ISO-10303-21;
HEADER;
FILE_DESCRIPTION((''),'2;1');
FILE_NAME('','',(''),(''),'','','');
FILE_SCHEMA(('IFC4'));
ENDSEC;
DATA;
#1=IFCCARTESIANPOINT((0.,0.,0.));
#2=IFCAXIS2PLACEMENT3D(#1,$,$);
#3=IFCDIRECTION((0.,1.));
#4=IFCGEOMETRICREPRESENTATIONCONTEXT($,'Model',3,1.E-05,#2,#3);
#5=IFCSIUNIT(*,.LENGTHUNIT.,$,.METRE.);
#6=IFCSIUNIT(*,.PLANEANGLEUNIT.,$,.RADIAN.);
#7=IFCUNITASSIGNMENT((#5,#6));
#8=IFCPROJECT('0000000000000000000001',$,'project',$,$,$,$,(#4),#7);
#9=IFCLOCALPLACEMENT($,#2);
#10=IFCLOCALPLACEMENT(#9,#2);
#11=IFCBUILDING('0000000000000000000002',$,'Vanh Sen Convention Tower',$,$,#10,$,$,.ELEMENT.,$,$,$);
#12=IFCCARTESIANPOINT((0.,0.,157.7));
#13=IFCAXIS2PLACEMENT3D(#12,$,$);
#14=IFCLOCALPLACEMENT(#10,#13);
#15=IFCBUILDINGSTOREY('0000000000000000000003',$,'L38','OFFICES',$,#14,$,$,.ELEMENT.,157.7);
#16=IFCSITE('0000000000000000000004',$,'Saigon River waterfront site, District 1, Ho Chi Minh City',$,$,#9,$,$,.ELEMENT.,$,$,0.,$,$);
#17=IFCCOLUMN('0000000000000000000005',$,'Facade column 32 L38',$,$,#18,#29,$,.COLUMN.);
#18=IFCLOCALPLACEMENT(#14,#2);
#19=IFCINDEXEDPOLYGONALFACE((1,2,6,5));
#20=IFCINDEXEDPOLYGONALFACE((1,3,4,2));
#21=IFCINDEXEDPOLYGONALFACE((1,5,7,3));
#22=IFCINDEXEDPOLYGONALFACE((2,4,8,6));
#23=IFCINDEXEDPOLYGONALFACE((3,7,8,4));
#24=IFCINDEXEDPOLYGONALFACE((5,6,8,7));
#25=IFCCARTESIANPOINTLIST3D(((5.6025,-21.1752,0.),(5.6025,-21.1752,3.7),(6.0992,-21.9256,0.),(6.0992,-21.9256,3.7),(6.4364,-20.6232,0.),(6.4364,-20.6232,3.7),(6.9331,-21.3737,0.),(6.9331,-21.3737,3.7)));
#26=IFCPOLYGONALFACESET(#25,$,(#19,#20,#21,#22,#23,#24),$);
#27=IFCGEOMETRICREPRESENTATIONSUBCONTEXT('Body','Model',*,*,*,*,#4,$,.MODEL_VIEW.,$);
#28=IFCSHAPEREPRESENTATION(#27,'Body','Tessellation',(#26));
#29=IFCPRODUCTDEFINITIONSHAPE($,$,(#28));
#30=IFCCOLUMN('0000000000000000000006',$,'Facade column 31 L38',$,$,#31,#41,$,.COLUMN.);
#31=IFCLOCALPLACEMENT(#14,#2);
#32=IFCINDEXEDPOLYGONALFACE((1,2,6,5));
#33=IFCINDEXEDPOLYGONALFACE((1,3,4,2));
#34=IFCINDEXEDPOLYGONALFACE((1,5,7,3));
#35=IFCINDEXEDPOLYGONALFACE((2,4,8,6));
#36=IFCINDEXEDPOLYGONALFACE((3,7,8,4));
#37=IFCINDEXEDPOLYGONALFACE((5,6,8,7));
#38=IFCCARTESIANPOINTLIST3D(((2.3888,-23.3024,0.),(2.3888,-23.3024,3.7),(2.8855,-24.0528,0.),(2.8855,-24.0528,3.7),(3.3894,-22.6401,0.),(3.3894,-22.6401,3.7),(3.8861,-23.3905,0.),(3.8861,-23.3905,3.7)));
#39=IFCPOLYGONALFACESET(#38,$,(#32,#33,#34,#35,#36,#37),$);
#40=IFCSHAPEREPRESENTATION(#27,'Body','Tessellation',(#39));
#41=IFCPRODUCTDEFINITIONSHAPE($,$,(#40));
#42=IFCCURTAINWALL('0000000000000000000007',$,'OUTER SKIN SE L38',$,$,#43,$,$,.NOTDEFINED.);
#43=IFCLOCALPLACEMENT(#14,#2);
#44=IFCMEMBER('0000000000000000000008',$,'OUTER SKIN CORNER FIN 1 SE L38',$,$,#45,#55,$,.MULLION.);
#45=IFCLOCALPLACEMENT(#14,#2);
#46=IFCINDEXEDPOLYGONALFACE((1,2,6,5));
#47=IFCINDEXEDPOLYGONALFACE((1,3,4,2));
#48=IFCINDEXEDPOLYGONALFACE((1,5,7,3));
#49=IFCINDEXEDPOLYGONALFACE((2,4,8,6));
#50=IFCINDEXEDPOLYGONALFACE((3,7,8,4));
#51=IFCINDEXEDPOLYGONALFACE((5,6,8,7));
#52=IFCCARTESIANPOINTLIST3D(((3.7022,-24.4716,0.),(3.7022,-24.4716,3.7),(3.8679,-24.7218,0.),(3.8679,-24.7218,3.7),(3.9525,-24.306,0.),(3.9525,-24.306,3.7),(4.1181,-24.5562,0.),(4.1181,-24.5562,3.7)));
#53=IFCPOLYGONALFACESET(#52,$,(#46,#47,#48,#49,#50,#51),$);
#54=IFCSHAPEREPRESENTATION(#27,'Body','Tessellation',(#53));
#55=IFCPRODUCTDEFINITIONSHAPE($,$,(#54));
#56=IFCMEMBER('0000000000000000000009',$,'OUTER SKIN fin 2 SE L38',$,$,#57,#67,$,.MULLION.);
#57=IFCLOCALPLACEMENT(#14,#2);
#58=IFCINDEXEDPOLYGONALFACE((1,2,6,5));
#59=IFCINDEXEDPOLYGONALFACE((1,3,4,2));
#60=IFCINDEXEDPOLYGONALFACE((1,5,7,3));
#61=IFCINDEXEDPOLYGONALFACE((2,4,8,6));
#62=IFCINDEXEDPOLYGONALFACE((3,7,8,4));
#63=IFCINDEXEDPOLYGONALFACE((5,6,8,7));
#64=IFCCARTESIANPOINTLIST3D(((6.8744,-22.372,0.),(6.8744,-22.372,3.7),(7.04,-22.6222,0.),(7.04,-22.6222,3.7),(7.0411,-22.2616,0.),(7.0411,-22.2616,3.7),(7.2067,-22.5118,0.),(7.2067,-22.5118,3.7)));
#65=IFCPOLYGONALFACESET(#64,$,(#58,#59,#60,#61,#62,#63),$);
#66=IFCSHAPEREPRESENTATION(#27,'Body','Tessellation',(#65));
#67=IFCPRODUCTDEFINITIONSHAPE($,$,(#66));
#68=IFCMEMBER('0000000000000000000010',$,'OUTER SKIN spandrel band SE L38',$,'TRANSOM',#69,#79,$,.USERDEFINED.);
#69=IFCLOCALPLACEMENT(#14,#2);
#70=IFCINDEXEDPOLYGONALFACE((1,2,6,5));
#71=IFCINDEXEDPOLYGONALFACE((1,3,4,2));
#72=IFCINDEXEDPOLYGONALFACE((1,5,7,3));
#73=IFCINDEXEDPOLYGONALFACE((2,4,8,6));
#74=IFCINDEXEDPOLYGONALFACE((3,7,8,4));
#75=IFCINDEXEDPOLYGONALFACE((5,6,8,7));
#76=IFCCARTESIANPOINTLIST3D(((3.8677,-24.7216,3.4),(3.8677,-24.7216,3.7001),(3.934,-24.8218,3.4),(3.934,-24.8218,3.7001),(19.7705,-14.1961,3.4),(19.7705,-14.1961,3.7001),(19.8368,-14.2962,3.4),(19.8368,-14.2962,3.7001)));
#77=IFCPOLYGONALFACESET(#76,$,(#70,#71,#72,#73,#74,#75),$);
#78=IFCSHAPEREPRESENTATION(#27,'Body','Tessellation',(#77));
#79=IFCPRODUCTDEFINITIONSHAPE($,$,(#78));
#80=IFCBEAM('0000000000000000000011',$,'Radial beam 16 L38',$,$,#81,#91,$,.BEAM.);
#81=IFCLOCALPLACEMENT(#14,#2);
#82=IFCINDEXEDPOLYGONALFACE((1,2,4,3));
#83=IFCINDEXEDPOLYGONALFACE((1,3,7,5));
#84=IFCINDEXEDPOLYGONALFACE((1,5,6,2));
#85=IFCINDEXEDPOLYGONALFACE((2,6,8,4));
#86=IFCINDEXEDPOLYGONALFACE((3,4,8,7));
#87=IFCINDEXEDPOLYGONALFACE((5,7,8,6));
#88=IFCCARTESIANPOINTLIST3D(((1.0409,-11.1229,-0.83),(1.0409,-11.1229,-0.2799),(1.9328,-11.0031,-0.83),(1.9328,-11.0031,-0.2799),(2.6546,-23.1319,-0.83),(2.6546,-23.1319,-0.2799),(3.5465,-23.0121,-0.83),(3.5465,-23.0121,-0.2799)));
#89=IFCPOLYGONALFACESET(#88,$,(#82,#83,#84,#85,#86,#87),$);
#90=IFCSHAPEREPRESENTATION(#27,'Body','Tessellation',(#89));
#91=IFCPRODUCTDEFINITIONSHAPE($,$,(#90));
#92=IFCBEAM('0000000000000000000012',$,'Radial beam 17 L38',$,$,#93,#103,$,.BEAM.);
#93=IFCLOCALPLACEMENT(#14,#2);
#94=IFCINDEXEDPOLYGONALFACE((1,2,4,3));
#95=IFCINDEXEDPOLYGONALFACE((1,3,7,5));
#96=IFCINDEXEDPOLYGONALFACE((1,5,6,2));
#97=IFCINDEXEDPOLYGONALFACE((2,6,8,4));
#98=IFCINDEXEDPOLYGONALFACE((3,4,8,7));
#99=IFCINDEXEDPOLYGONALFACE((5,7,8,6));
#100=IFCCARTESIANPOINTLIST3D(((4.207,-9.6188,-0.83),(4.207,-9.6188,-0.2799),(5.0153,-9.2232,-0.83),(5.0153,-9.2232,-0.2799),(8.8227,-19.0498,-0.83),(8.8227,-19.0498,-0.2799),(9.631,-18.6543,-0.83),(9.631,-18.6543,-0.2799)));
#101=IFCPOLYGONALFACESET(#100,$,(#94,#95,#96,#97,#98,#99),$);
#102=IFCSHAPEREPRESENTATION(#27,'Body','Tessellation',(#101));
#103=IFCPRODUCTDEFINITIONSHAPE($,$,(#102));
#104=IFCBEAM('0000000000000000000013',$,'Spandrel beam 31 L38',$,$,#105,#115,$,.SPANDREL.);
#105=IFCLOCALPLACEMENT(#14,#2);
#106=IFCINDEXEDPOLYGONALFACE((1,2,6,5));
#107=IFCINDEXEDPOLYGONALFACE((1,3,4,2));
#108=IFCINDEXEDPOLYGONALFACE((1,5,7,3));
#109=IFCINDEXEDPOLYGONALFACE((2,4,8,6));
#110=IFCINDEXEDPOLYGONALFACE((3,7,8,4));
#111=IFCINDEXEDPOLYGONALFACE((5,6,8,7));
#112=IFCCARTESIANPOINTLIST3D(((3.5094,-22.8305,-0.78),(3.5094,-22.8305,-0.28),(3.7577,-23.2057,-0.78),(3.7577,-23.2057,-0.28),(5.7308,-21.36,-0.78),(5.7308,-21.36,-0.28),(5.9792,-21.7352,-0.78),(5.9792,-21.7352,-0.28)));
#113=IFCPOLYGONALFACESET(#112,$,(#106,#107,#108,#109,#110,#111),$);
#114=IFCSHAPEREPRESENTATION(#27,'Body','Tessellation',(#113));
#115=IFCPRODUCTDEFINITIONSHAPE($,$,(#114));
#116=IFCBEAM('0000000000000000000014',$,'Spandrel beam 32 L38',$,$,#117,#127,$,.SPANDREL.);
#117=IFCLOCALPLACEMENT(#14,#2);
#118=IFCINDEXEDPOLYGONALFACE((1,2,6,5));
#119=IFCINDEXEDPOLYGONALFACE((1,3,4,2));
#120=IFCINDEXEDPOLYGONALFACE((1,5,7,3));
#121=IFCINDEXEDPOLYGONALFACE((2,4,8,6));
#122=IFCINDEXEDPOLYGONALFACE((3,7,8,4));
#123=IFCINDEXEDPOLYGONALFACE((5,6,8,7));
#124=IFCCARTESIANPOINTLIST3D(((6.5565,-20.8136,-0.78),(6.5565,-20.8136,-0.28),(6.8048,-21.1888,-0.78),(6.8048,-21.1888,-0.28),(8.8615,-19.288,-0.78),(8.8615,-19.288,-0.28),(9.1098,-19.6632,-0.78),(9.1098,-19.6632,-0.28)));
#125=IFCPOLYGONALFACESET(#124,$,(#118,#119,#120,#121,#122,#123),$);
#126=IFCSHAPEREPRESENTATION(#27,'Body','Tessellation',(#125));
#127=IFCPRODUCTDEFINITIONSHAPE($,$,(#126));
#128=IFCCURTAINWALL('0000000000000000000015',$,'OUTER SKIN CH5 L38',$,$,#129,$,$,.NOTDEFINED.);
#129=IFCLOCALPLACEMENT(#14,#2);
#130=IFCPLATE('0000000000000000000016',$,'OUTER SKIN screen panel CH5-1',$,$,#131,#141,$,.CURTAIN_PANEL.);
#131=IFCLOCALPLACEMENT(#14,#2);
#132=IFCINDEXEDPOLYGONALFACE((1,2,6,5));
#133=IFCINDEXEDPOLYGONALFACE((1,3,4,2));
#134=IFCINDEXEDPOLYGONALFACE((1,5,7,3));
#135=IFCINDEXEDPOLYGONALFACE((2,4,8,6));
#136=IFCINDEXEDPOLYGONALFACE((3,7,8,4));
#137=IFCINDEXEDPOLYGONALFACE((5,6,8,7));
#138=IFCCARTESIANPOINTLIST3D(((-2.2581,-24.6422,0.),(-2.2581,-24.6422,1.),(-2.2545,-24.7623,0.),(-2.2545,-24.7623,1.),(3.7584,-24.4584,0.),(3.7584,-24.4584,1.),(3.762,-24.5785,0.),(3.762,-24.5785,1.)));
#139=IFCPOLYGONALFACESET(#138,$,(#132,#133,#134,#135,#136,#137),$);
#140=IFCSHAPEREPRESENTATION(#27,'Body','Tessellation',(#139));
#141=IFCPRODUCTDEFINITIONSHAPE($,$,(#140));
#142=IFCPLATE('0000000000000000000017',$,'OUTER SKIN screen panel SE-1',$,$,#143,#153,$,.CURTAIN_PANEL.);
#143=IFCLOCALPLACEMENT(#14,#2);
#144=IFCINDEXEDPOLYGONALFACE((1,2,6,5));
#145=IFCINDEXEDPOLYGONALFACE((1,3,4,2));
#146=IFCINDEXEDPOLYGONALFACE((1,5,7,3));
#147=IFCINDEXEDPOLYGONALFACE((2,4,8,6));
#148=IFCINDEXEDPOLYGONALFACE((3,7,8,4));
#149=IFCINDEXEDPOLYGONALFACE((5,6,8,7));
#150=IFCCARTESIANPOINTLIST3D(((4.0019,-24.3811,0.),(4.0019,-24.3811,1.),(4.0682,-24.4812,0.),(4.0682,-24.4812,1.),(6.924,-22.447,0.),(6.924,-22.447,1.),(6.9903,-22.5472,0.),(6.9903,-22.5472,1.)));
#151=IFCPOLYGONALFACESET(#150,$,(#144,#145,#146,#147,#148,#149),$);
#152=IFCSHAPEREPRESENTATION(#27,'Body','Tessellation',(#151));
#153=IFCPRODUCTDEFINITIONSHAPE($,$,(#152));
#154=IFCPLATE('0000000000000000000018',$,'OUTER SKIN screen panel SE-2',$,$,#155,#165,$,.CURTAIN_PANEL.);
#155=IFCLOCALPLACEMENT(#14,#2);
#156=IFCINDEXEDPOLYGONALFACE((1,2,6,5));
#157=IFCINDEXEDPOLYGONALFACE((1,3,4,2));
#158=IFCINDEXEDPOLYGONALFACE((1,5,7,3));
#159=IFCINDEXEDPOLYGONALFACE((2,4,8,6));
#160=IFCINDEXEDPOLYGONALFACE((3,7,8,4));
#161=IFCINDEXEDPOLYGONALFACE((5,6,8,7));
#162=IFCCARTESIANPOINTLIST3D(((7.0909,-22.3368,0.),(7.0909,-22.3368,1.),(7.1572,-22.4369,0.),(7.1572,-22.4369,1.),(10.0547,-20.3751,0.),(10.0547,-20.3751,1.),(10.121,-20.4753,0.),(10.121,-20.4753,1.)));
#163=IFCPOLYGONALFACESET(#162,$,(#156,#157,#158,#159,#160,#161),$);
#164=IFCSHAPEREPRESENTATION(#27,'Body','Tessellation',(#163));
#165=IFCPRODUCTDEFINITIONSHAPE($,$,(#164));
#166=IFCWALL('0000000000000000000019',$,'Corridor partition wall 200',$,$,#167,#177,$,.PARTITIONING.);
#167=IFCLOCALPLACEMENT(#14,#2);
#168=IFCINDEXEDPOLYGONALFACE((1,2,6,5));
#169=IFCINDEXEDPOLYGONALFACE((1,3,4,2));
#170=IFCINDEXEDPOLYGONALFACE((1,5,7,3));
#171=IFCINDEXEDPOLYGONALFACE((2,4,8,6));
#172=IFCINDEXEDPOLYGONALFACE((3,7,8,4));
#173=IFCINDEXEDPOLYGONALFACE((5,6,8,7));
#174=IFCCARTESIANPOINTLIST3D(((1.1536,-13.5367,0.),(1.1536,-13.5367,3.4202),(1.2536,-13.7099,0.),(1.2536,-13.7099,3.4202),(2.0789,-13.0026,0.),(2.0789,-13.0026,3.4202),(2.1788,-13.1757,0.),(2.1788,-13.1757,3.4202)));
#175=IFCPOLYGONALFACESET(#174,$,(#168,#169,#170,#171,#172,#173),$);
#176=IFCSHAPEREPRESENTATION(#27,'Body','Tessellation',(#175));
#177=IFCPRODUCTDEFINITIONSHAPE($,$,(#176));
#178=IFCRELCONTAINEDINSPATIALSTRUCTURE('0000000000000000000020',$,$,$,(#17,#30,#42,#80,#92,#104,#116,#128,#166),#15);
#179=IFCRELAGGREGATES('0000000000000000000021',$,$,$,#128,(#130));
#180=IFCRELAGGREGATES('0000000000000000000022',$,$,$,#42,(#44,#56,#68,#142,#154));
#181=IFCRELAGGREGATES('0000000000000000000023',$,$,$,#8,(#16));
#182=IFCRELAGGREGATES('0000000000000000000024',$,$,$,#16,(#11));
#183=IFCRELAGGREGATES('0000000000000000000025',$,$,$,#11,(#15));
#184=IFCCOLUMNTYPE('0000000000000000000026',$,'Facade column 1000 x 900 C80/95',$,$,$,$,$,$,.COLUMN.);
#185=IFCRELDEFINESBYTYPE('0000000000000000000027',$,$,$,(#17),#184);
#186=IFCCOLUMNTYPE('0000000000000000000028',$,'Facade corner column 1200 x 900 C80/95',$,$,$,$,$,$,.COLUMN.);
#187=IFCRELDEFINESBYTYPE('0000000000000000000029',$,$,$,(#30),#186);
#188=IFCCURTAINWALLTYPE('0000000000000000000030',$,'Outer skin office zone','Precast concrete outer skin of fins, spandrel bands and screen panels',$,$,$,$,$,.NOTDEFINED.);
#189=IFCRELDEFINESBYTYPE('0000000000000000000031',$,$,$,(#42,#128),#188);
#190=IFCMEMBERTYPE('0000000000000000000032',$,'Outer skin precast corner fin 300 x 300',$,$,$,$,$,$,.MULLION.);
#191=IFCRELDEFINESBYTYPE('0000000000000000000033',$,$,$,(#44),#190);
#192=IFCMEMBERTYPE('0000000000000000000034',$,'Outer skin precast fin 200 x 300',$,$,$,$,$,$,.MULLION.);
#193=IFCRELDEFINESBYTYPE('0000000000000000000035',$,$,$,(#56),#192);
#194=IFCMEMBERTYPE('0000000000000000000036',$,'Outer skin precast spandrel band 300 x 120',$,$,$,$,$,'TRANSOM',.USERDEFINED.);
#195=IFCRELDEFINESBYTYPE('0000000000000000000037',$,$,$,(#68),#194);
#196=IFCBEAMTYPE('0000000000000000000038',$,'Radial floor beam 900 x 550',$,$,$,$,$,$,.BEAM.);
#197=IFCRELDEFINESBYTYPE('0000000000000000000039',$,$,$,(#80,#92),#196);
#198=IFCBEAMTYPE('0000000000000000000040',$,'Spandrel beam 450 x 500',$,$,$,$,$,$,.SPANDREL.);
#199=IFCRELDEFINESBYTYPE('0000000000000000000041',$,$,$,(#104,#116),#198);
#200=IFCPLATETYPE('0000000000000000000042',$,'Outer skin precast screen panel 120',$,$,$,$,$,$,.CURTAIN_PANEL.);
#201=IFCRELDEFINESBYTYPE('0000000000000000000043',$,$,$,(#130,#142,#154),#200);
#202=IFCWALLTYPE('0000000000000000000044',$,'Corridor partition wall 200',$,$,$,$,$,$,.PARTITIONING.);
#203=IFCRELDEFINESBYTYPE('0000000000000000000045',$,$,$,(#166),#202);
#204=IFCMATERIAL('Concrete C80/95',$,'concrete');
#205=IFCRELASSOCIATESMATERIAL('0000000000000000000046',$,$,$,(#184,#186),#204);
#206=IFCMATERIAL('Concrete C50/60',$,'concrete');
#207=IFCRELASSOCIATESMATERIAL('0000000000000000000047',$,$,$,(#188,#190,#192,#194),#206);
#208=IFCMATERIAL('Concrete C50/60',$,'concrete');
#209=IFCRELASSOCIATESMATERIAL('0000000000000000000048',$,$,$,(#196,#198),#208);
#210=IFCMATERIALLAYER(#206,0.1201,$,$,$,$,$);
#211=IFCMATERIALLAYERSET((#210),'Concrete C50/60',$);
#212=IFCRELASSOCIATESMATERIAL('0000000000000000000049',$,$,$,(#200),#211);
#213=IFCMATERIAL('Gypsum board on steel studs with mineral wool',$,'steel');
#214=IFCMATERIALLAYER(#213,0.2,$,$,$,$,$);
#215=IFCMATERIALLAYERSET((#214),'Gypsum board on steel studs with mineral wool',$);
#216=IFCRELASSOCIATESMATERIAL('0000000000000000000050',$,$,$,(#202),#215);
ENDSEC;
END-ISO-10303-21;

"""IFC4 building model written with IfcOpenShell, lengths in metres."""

from ifc_helpers import new_model, si_unit, direction, frame, frame_2d, origin, origin_2d, place, context, subcontext, project, spatial, rectangle, extrude, material, layer, layer_set, material_profile, profile_set, type_object, element, aggregate, save


model = new_model("IFC4")

# Units and contexts
model_context = context("Model", 3, precision=1e-05, world=origin(), true_north=direction((0.0, 1.0)))
body_context = subcontext(model_context, "Body", "Model", "MODEL_VIEW")
ifc_project = project(units=[si_unit("LENGTHUNIT", "METRE"), si_unit("PLANEANGLEUNIT", "RADIAN")], contexts=[model_context])

# Site, building, storey
site_placement = place(None, origin())
site = spatial("IfcSite", under=ifc_project, at=site_placement, Name="Saigon River waterfront site, District 1, Ho Chi Minh City", CompositionType="ELEMENT", RefElevation=0.0)
building_placement = place(site_placement, origin())
building = spatial("IfcBuilding", under=site, at=building_placement, Name="Vanh Sen Convention Tower", CompositionType="ELEMENT")
storey_placement = place(building_placement, frame((0.0, 0.0, 157.7)))
storey = spatial("IfcBuildingStorey", under=building, at=storey_placement, Name="L38", Description="OFFICES", CompositionType="ELEMENT", Elevation=157.7)

# Columns
ifc_material_1 = material(Name="Concrete C80/95", Category="concrete")
ifc_material_profile_1 = material_profile(ifc_material_1, rectangle(XDim=1.0, YDim=0.8999, at=origin_2d()), Name="RC 1000X900")
ifc_profile_set_1 = profile_set([ifc_material_profile_1], Name="Concrete C80/95")
column_type_1 = type_object("IfcColumnType", Name="Facade column 1000 x 900 C80/95", PredefinedType="COLUMN", material=ifc_profile_set_1)
column_1_placement = place(storey_placement, frame((6.2678, -21.2744, 0.0), z_axis=(0.0, 0.0, 1.0), x_axis=(0.833886, 0.551937, 0.0)))
element("IfcColumn", 1, at=column_1_placement, inside=storey, type_object=column_type_1, Name="Facade column 32 L38", PredefinedType="COLUMN", context=body_context, shape_type="SweptSolid", body=[
    extrude(rectangle(XDim=1.0, YDim=0.8999, at=origin_2d()), origin(), (0.0, 0.0, 1.0), 3.7),
])
ifc_material_profile_2 = material_profile(ifc_material_1, rectangle(XDim=1.2, YDim=0.8999, at=origin_2d()), Name="RC 1200X900")
ifc_profile_set_2 = profile_set([ifc_material_profile_2], Name="Concrete C80/95")
column_type_2 = type_object("IfcColumnType", Name="Facade corner column 1200 x 900 C80/95", PredefinedType="COLUMN", material=ifc_profile_set_2)
column_2_placement = place(storey_placement, frame((3.1375, -23.3464, 0.0), z_axis=(0.0, 0.0, 1.0), x_axis=(0.833886, 0.551937, 0.0)))
element("IfcColumn", 2, at=column_2_placement, inside=storey, type_object=column_type_2, Name="Facade column 31 L38", PredefinedType="COLUMN", context=body_context, shape_type="SweptSolid", body=[
    extrude(rectangle(XDim=1.2, YDim=0.8999, at=origin_2d()), origin(), (0.0, 0.0, 1.0), 3.7),
])

# Curtain wall, members
ifc_material_2 = material(Name="Concrete C50/60", Category="concrete")
curtain_wall_type = type_object("IfcCurtainWallType", Name="Outer skin office zone", Description="Precast concrete outer skin of fins, spandrel bands and screen panels", PredefinedType="NOTDEFINED", material=ifc_material_2)
curtain_wall_1_placement = place(storey_placement, origin())
curtain_wall_1 = element("IfcCurtainWall", 3, at=curtain_wall_1_placement, inside=storey, type_object=curtain_wall_type, Name="OUTER SKIN SE L38", PredefinedType="NOTDEFINED")
ifc_material_profile_3 = material_profile(ifc_material_2, rectangle(XDim=0.3, YDim=0.3, at=origin_2d()), Name="Outer skin precast corner fin 300 x 300")
ifc_profile_set_3 = profile_set([ifc_material_profile_3], Name="Concrete C50/60")
member_type_1 = type_object("IfcMemberType", Name="Outer skin precast corner fin 300 x 300", PredefinedType="MULLION", material=ifc_profile_set_3)
member_1_placement = place(storey_placement, frame((3.9102, -24.5139, 0.0), z_axis=(0.0, 0.0, 1.0), x_axis=(0.833886, 0.551937, 0.0)))
member_1 = element("IfcMember", 4, at=member_1_placement, type_object=member_type_1, Name="OUTER SKIN CORNER FIN 1 SE L38", PredefinedType="MULLION", context=body_context, shape_type="SweptSolid", body=[
    extrude(rectangle(XDim=0.3, YDim=0.3, at=origin_2d()), origin(), (0.0, 0.0, 1.0), 3.7),
])
ifc_material_profile_4 = material_profile(ifc_material_2, rectangle(XDim=0.2, YDim=0.3, at=origin_2d()), Name="Outer skin precast fin 200 x 300")
ifc_profile_set_4 = profile_set([ifc_material_profile_4], Name="Concrete C50/60")
member_type_2 = type_object("IfcMemberType", Name="Outer skin precast fin 200 x 300", PredefinedType="MULLION", material=ifc_profile_set_4)
member_2_placement = place(storey_placement, frame((7.0405, -22.4419, 0.0), z_axis=(0.0, 0.0, 1.0), x_axis=(0.833886, 0.551937, 0.0)))
member_2 = element("IfcMember", 5, at=member_2_placement, type_object=member_type_2, Name="OUTER SKIN fin 2 SE L38", PredefinedType="MULLION", context=body_context, shape_type="SweptSolid", body=[
    extrude(rectangle(XDim=0.2, YDim=0.3, at=origin_2d()), origin(), (0.0, 0.0, 1.0), 3.7),
])
ifc_material_profile_5 = material_profile(ifc_material_2, rectangle(XDim=0.1201, YDim=0.3, at=origin_2d()), Name="Outer skin precast spandrel band 300 x 120")
ifc_profile_set_5 = profile_set([ifc_material_profile_5], Name="Concrete C50/60")
member_type_3 = type_object("IfcMemberType", Name="Outer skin precast spandrel band 300 x 120", ElementType="TRANSOM", PredefinedType="USERDEFINED", material=ifc_profile_set_5)
member_3_placement = place(storey_placement, frame((3.9009, -24.7717, 3.55), z_axis=(0.833891, 0.551929, 0.0), x_axis=(-0.551929, 0.833891, 0.0)))
member_3 = element("IfcMember", 6, at=member_3_placement, type_object=member_type_3, Name="OUTER SKIN spandrel band SE L38", ObjectType="TRANSOM", PredefinedType="USERDEFINED", context=body_context, shape_type="SweptSolid", body=[
    extrude(rectangle(XDim=0.1201, YDim=0.3, at=origin_2d()), origin(), (0.0, 0.0, 1.0), 19.0706),
])

# Beams
ifc_material_3 = material(Name="Concrete C50/60", Category="concrete")
ifc_material_profile_6 = material_profile(ifc_material_3, rectangle(XDim=0.8999, YDim=0.55, at=origin_2d()), Name="RC 900X550")
ifc_profile_set_6 = profile_set([ifc_material_profile_6], Name="Concrete C50/60")
beam_type_1 = type_object("IfcBeamType", Name="Radial floor beam 900 x 550", PredefinedType="BEAM", material=ifc_profile_set_6)
beam_1_placement = place(storey_placement, frame((3.1006, -23.072, -0.5549), z_axis=(-0.133183, 0.991092, 0.0), x_axis=(-0.991092, -0.133183, 0.0)))
element("IfcBeam", 7, at=beam_1_placement, inside=storey, type_object=beam_type_1, Name="Radial beam 16 L38", PredefinedType="BEAM", context=body_context, shape_type="SweptSolid", body=[
    extrude(rectangle(XDim=0.8999, YDim=0.55, at=origin_2d()), origin(), (0.0, 0.0, 1.0), 12.1169),
])
beam_2_placement = place(storey_placement, frame((9.2268, -18.8521, -0.5549), z_axis=(-0.43959, 0.898199, 0.0), x_axis=(-0.898199, -0.43959, 0.0)))
element("IfcBeam", 8, at=beam_2_placement, inside=storey, type_object=beam_type_1, Name="Radial beam 17 L38", PredefinedType="BEAM", context=body_context, shape_type="SweptSolid", body=[
    extrude(rectangle(XDim=0.8999, YDim=0.55, at=origin_2d()), origin(), (0.0, 0.0, 1.0), 10.5),
])
ifc_material_profile_7 = material_profile(ifc_material_3, rectangle(XDim=0.45, YDim=0.5, at=origin_2d()), Name="RC 450X500")
ifc_profile_set_7 = profile_set([ifc_material_profile_7], Name="Concrete C50/60")
beam_type_2 = type_object("IfcBeamType", Name="Spandrel beam 450 x 500", PredefinedType="SPANDREL", material=ifc_profile_set_7)
beam_3_placement = place(storey_placement, frame((3.6335, -23.0181, -0.53), z_axis=(0.833865, 0.551969, 0.0), x_axis=(-0.551969, 0.833865, 0.0)))
element("IfcBeam", 9, at=beam_3_placement, inside=storey, type_object=beam_type_2, Name="Spandrel beam 31 L38", PredefinedType="SPANDREL", context=body_context, shape_type="SweptSolid", body=[
    extrude(rectangle(XDim=0.45, YDim=0.5, at=origin_2d()), origin(), (0.0, 0.0, 1.0), 2.6641),
])
beam_4_placement = place(storey_placement, frame((6.6807, -21.0012, -0.53), z_axis=(0.83388, 0.551945, 0.0), x_axis=(-0.551945, 0.83388, 0.0)))
element("IfcBeam", 10, at=beam_4_placement, inside=storey, type_object=beam_type_2, Name="Spandrel beam 32 L38", PredefinedType="SPANDREL", context=body_context, shape_type="SweptSolid", body=[
    extrude(rectangle(XDim=0.45, YDim=0.5, at=origin_2d()), origin(), (0.0, 0.0, 1.0), 2.7642),
])

# Curtain wall, plate
curtain_wall_2_placement = place(storey_placement, origin())
curtain_wall_2 = element("IfcCurtainWall", 11, at=curtain_wall_2_placement, inside=storey, type_object=curtain_wall_type, Name="OUTER SKIN CH5 L38", PredefinedType="NOTDEFINED")
ifc_layer_1 = layer(ifc_material_2, 0.1201)
ifc_layer_set_1 = layer_set([ifc_layer_1], Name="Concrete C50/60")
plate_type = type_object("IfcPlateType", Name="Outer skin precast screen panel 120", PredefinedType="CURTAIN_PANEL", material=ifc_layer_set_1)
plate_1_placement = place(storey_placement, frame((0.752, -24.6104, 0.0), z_axis=(0.0, 0.0, 1.0), x_axis=(0.999534, 0.03054, 0.0)))
plate_1 = element("IfcPlate", 12, at=plate_1_placement, type_object=plate_type, Name="OUTER SKIN screen panel CH5-1", PredefinedType="CURTAIN_PANEL", context=body_context, shape_type="SweptSolid", body=[
    extrude(rectangle(XDim=6.0193, YDim=0.1201, at=origin_2d()), origin(), (0.0, 0.0, 1.0), 1.0),
])
aggregate(curtain_wall_2, [plate_1])

# Plates
plate_2_placement = place(storey_placement, frame((5.4961, -23.4641, 0.0), z_axis=(0.0, 0.0, 1.0), x_axis=(0.83389, 0.551931, 0.0)))
plate_2 = element("IfcPlate", 13, at=plate_2_placement, type_object=plate_type, Name="OUTER SKIN screen panel SE-1", PredefinedType="CURTAIN_PANEL", context=body_context, shape_type="SweptSolid", body=[
    extrude(rectangle(XDim=3.5042, YDim=0.1201, at=origin_2d()), origin(), (0.0, 0.0, 1.0), 1.0),
])
plate_3_placement = place(storey_placement, frame((8.606, -21.406, 0.0), z_axis=(0.0, 0.0, 1.0), x_axis=(0.83389, 0.551931, 0.0)))
plate_3 = element("IfcPlate", 14, at=plate_3_placement, type_object=plate_type, Name="OUTER SKIN screen panel SE-2", PredefinedType="CURTAIN_PANEL", context=body_context, shape_type="SweptSolid", body=[
    extrude(rectangle(XDim=3.5542, YDim=0.1201, at=origin_2d()), origin(), (0.0, 0.0, 1.0), 1.0),
])
aggregate(curtain_wall_1, [member_1, member_2, member_3, plate_2, plate_3])

# Wall
ifc_material_4 = material(Name="Gypsum board on steel studs with mineral wool", Category="steel")
ifc_layer_2 = layer(ifc_material_4, 0.2)
ifc_layer_set_2 = layer_set([ifc_layer_2], Name="Gypsum board on steel studs with mineral wool")
wall_type_1 = type_object("IfcWallType", Name="Corridor partition wall 200", PredefinedType="PARTITIONING", material=ifc_layer_set_2)
wall_1_placement = place(storey_placement, frame((1.2036, -13.6233, 0.0), z_axis=(0.0, 0.0, 1.0), x_axis=(0.866041, 0.499973, 0.0)))
element("IfcWall", 15, at=wall_1_placement, inside=storey, type_object=wall_type_1, Name="Corridor partition wall 200", PredefinedType="PARTITIONING", context=body_context, shape_type="SweptSolid", body=[
    extrude(rectangle(XDim=1.0684, YDim=0.2, at=frame_2d((0.5342, 0.0))), origin(), (0.0, 0.0, 1.0), 3.4202),
])

save(model, "model.ifc")
